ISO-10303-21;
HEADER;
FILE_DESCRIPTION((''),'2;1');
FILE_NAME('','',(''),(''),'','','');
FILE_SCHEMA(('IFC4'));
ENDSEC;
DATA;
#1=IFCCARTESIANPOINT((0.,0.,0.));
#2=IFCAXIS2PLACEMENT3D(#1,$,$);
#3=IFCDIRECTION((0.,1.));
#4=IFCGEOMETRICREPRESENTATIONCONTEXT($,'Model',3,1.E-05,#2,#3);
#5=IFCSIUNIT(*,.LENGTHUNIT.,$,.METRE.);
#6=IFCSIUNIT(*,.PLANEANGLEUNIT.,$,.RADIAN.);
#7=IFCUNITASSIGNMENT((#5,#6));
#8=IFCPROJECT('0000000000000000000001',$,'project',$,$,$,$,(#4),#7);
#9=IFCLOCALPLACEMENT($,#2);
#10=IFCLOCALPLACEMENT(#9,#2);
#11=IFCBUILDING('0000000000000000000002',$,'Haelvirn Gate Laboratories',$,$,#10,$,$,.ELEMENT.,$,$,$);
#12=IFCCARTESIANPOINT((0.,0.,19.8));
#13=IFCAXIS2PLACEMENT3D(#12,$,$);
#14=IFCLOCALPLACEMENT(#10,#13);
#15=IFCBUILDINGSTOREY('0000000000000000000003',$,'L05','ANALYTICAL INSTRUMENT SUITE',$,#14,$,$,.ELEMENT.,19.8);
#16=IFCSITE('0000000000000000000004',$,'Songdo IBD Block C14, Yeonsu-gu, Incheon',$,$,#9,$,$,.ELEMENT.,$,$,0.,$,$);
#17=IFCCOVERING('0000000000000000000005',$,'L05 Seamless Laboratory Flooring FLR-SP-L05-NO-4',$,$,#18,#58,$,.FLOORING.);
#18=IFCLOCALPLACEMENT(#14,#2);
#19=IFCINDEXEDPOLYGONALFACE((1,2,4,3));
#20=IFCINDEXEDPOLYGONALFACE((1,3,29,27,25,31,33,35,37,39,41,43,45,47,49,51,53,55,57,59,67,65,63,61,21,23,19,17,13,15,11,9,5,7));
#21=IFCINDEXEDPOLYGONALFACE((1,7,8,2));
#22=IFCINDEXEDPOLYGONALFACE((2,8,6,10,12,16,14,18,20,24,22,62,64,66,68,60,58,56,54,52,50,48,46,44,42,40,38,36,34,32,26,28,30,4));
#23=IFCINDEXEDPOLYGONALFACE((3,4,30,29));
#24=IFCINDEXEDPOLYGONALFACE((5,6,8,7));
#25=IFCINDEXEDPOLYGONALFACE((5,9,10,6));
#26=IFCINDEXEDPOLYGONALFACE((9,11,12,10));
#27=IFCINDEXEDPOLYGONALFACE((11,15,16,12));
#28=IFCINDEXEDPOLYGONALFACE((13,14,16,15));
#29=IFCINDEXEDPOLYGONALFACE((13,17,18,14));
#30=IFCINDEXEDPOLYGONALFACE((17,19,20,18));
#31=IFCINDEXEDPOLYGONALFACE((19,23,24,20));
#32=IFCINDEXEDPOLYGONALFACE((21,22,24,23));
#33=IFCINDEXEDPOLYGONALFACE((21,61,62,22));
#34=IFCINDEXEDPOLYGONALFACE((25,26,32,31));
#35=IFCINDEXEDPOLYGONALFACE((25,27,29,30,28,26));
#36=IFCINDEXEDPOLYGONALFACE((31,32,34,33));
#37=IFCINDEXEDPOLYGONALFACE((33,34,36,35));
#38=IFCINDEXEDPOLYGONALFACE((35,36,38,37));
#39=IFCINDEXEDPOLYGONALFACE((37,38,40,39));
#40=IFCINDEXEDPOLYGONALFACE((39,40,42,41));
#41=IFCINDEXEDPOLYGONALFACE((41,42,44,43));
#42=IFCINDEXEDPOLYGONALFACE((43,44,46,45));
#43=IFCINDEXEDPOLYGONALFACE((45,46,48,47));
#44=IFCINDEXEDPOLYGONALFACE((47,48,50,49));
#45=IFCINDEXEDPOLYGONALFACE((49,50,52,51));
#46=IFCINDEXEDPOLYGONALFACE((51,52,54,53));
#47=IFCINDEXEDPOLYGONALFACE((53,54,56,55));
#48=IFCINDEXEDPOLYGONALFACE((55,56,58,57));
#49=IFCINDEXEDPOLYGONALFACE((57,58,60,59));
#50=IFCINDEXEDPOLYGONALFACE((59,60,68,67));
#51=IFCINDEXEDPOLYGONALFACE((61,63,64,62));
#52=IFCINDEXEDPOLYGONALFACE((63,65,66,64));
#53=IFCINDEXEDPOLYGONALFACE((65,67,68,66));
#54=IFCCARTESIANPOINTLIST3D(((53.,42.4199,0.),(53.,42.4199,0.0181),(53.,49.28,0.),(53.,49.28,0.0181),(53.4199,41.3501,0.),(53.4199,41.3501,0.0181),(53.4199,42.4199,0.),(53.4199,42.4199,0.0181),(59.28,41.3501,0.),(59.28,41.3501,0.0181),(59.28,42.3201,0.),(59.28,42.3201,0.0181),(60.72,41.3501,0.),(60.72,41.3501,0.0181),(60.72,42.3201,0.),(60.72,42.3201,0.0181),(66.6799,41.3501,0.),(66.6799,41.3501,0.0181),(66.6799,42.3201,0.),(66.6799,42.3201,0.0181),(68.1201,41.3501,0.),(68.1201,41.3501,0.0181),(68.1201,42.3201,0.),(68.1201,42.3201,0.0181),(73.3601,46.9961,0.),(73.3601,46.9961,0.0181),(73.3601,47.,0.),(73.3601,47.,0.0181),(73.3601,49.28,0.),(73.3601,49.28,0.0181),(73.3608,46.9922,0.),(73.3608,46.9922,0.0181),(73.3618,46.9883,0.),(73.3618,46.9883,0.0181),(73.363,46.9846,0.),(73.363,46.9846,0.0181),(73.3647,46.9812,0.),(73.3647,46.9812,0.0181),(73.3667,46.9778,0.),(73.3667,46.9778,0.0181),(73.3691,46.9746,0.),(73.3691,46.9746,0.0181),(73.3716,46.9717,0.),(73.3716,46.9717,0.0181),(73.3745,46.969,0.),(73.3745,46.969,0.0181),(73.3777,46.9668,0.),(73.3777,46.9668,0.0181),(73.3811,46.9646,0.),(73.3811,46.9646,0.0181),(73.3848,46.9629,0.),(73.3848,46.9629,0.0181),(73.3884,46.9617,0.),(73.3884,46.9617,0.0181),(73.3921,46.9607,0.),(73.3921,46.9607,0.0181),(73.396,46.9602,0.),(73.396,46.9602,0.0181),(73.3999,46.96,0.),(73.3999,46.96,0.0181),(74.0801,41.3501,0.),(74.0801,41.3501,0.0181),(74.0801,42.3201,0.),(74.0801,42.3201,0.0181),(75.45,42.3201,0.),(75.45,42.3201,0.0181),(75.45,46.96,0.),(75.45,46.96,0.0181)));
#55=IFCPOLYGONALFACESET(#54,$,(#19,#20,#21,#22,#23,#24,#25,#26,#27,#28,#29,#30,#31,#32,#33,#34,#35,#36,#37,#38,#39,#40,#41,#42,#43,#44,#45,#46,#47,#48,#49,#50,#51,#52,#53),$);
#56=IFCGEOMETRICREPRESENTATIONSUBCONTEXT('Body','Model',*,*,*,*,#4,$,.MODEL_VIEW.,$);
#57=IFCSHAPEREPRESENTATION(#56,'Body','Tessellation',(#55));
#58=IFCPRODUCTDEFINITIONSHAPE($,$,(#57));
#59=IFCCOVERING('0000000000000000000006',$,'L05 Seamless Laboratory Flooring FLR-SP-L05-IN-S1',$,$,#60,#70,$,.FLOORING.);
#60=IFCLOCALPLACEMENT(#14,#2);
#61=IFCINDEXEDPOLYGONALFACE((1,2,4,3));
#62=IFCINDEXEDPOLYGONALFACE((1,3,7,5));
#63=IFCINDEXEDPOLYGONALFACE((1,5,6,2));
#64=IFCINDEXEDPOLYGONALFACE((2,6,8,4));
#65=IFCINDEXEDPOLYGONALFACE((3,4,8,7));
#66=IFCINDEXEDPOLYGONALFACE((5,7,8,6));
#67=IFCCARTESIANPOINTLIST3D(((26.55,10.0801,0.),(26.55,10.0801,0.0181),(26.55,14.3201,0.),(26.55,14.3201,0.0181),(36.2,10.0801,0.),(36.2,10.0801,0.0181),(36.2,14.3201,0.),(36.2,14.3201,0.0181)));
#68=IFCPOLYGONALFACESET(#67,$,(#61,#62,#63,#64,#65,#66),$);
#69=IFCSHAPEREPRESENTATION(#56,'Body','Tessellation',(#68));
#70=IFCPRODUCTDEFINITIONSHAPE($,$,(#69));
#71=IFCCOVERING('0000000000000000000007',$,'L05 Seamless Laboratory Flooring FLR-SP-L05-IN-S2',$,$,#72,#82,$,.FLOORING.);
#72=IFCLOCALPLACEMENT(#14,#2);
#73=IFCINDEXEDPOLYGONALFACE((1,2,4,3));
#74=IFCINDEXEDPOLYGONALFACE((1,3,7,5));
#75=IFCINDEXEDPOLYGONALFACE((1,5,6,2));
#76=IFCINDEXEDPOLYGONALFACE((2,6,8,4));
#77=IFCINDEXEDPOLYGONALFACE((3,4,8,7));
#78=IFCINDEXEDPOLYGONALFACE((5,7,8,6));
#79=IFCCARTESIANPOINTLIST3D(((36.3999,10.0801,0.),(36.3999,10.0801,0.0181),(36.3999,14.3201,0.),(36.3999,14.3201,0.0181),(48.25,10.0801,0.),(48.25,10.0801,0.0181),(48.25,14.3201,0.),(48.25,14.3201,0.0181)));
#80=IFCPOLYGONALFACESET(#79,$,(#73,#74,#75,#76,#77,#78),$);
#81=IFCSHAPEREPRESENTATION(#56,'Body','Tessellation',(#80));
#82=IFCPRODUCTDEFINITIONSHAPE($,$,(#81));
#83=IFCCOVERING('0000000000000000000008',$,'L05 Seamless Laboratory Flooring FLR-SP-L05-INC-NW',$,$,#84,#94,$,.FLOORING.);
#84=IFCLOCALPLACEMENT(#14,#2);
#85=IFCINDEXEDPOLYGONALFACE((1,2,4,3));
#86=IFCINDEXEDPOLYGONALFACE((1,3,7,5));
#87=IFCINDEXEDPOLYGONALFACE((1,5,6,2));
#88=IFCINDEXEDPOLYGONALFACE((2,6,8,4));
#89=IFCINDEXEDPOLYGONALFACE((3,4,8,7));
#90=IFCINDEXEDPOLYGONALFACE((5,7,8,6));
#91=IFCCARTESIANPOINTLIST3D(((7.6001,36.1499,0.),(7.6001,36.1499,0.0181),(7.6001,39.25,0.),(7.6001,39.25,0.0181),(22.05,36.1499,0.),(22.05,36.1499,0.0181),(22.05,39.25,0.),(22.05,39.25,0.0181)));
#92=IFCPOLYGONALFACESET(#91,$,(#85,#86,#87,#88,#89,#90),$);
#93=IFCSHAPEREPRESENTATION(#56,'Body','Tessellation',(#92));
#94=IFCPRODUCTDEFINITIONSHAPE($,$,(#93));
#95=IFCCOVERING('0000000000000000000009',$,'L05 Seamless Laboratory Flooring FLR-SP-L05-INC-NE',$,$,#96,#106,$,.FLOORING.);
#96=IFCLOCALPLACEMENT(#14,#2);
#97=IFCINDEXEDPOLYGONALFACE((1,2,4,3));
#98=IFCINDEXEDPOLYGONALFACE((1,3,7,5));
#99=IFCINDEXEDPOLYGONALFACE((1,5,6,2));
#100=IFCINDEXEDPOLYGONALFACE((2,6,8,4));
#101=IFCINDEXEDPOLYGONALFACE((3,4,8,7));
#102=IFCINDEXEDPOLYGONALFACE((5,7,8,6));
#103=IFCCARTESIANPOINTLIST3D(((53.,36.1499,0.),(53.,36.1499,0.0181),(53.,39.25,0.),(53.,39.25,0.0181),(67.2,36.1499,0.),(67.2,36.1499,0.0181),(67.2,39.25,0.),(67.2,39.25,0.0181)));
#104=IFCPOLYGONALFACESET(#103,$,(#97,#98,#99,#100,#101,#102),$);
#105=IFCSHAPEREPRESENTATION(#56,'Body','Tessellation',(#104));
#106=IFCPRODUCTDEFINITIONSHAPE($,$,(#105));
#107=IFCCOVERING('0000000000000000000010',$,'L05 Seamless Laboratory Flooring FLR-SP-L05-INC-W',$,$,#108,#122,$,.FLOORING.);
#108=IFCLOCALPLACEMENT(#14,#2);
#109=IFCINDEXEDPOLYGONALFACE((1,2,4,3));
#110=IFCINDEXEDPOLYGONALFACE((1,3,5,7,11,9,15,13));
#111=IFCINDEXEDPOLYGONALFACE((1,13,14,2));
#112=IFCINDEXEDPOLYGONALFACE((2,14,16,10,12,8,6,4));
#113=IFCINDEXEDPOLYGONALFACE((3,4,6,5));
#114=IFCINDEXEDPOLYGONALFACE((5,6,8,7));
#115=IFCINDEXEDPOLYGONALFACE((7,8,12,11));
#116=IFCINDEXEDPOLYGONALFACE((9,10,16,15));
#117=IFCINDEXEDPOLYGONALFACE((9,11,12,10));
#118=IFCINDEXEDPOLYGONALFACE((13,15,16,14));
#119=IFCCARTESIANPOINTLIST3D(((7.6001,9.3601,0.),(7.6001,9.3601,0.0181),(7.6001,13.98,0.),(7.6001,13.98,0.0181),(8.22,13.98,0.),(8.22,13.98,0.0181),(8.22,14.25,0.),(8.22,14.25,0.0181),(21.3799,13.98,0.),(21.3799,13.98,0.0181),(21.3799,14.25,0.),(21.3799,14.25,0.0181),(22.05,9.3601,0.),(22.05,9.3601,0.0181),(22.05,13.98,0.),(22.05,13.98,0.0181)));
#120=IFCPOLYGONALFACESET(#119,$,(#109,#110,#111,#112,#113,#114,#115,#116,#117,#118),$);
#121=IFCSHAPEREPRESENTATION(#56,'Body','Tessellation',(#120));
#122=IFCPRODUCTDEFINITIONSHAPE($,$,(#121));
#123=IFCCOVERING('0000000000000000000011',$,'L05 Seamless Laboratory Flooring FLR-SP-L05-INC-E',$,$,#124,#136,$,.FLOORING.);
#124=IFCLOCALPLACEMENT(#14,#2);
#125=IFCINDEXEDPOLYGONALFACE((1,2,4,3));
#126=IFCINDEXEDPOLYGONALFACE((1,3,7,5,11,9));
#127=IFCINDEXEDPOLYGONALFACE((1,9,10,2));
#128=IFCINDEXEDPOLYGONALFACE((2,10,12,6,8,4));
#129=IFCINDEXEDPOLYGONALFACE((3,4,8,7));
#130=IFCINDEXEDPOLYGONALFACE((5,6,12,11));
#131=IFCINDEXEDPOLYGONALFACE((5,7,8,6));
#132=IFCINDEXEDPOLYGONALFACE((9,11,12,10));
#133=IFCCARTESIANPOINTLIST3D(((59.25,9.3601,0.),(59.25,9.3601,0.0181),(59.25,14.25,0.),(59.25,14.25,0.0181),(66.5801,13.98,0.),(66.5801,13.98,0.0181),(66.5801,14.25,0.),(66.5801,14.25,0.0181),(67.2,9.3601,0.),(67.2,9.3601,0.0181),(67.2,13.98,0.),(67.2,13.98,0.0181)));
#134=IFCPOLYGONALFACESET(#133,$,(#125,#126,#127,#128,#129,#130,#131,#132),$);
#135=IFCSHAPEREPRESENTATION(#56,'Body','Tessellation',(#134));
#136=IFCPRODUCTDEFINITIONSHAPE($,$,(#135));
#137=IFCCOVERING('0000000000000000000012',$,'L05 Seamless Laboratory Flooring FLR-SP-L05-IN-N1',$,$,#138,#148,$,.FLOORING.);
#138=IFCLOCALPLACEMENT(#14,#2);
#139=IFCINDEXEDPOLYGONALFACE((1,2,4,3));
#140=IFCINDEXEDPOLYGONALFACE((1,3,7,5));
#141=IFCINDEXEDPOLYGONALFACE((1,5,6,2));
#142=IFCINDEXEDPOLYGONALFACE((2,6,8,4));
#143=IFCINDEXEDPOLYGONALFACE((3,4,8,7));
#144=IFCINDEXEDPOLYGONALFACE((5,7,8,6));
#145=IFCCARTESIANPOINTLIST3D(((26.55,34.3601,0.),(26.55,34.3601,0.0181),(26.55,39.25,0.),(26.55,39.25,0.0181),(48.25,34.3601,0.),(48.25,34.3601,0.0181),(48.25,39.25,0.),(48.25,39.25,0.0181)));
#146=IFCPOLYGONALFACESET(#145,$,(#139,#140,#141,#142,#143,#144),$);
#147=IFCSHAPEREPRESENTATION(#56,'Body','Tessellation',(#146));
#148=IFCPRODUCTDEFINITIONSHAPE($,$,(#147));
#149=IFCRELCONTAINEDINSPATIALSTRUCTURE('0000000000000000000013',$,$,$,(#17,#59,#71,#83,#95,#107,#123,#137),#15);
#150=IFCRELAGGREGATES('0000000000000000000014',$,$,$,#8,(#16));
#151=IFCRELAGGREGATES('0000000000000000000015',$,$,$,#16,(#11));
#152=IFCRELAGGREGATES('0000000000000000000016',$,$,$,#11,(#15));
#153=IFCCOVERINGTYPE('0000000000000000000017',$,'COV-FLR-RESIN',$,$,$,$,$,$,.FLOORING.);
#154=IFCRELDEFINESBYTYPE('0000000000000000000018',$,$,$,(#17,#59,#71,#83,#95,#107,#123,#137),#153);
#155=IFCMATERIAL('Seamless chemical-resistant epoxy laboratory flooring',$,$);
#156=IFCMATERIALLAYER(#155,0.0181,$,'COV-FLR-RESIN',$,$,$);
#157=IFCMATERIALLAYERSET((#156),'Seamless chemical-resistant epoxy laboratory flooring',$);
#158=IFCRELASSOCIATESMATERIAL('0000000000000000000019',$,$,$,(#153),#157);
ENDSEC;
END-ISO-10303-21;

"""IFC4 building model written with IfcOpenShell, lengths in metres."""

from ifc_helpers import new_model, si_unit, direction, frame, origin, place, context, subcontext, project, spatial, polyline, outline, extrude, material, layer, layer_set, type_object, element, save


model = new_model("IFC4")

# Units and contexts
model_context = context("Model", 3, precision=1e-05, world=origin(), true_north=direction((0.0, 1.0)))
body_context = subcontext(model_context, "Body", "Model", "MODEL_VIEW")
ifc_project = project(units=[si_unit("LENGTHUNIT", "METRE"), si_unit("PLANEANGLEUNIT", "RADIAN")], contexts=[model_context])

# Site, building, storey
site_placement = place(None, origin())
site = spatial("IfcSite", under=ifc_project, at=site_placement, Name="Songdo IBD Block C14, Yeonsu-gu, Incheon", CompositionType="ELEMENT", RefElevation=0.0)
building_placement = place(site_placement, origin())
building = spatial("IfcBuilding", under=site, at=building_placement, Name="Haelvirn Gate Laboratories", CompositionType="ELEMENT")
storey_placement = place(building_placement, frame((0.0, 0.0, 19.8)))
storey = spatial("IfcBuildingStorey", under=building, at=storey_placement, Name="L05", Description="ANALYTICAL INSTRUMENT SUITE", CompositionType="ELEMENT", Elevation=19.8)

# Coverings
ifc_material_1 = material(Name="Seamless chemical-resistant epoxy laboratory flooring")
ifc_layer_1 = layer(ifc_material_1, 0.0181, Name="COV-FLR-RESIN")
ifc_layer_set_1 = layer_set([ifc_layer_1], Name="Seamless chemical-resistant epoxy laboratory flooring")
covering_type_1 = type_object("IfcCoveringType", Name="COV-FLR-RESIN", PredefinedType="FLOORING", material=ifc_layer_set_1)
covering_1_placement = place(storey_placement, origin())
element("IfcCovering", 1, at=covering_1_placement, inside=storey, type_object=covering_type_1, Name="L05 Seamless Laboratory Flooring FLR-SP-L05-NO-4", PredefinedType="FLOORING", context=body_context, shape_type="SweptSolid", body=[
    extrude(outline(polyline([(73.3601, 47.0), (73.3601, 46.9961), (73.3608, 46.9922), (73.3618, 46.9883), (73.363, 46.9846), (73.3647, 46.9812), (73.3667, 46.9778), (73.3691, 46.9746), (73.3716, 46.9717), (73.3745, 46.969), (73.3777, 46.9668), (73.3811, 46.9646), (73.3848, 46.9629), (73.3884, 46.9617), (73.3921, 46.9607), (73.396, 46.9602), (73.3999, 46.96), (75.45, 46.96), (75.45, 42.3201), (74.0801, 42.3201), (74.0801, 41.3501), (68.1201, 41.3501), (68.1201, 42.3201), (66.6799, 42.3201), (66.6799, 41.3501), (60.72, 41.3501), (60.72, 42.3201), (59.28, 42.3201), (59.28, 41.3501), (53.4199, 41.3501), (53.4199, 42.4199), (53.0, 42.4199), (53.0, 49.28), (73.3601, 49.28), (73.3601, 47.0)])), origin(), (0.0, 0.0, 1.0), 0.0181),
])
covering_2_placement = place(storey_placement, origin())
element("IfcCovering", 2, at=covering_2_placement, inside=storey, type_object=covering_type_1, Name="L05 Seamless Laboratory Flooring FLR-SP-L05-IN-S1", PredefinedType="FLOORING", context=body_context, shape_type="SweptSolid", body=[
    extrude(outline(polyline([(36.2, 14.3201), (36.2, 10.0801), (26.55, 10.0801), (26.55, 14.3201), (36.2, 14.3201)])), origin(), (0.0, 0.0, 1.0), 0.0181),
])
covering_3_placement = place(storey_placement, origin())
element("IfcCovering", 3, at=covering_3_placement, inside=storey, type_object=covering_type_1, Name="L05 Seamless Laboratory Flooring FLR-SP-L05-IN-S2", PredefinedType="FLOORING", context=body_context, shape_type="SweptSolid", body=[
    extrude(outline(polyline([(48.25, 14.3201), (48.25, 10.0801), (36.3999, 10.0801), (36.3999, 14.3201), (48.25, 14.3201)])), origin(), (0.0, 0.0, 1.0), 0.0181),
])
covering_4_placement = place(storey_placement, origin())
element("IfcCovering", 4, at=covering_4_placement, inside=storey, type_object=covering_type_1, Name="L05 Seamless Laboratory Flooring FLR-SP-L05-INC-NW", PredefinedType="FLOORING", context=body_context, shape_type="SweptSolid", body=[
    extrude(outline(polyline([(22.05, 39.25), (22.05, 36.1499), (7.6001, 36.1499), (7.6001, 39.25), (22.05, 39.25)])), origin(), (0.0, 0.0, 1.0), 0.0181),
])
covering_5_placement = place(storey_placement, origin())
element("IfcCovering", 5, at=covering_5_placement, inside=storey, type_object=covering_type_1, Name="L05 Seamless Laboratory Flooring FLR-SP-L05-INC-NE", PredefinedType="FLOORING", context=body_context, shape_type="SweptSolid", body=[
    extrude(outline(polyline([(67.2, 39.25), (67.2, 36.1499), (53.0, 36.1499), (53.0, 39.25), (67.2, 39.25)])), origin(), (0.0, 0.0, 1.0), 0.0181),
])
covering_6_placement = place(storey_placement, origin())
element("IfcCovering", 6, at=covering_6_placement, inside=storey, type_object=covering_type_1, Name="L05 Seamless Laboratory Flooring FLR-SP-L05-INC-W", PredefinedType="FLOORING", context=body_context, shape_type="SweptSolid", body=[
    extrude(outline(polyline([(21.3799, 14.25), (21.3799, 13.98), (22.05, 13.98), (22.05, 9.3601), (7.6001, 9.3601), (7.6001, 13.98), (8.22, 13.98), (8.22, 14.25), (21.3799, 14.25)])), origin(), (0.0, 0.0, 1.0), 0.0181),
])
covering_7_placement = place(storey_placement, origin())
element("IfcCovering", 7, at=covering_7_placement, inside=storey, type_object=covering_type_1, Name="L05 Seamless Laboratory Flooring FLR-SP-L05-INC-E", PredefinedType="FLOORING", context=body_context, shape_type="SweptSolid", body=[
    extrude(outline(polyline([(66.5801, 13.98), (67.2, 13.98), (67.2, 9.3601), (59.25, 9.3601), (59.25, 14.25), (66.5801, 14.25), (66.5801, 13.98)])), origin(), (0.0, 0.0, 1.0), 0.0181),
])
covering_8_placement = place(storey_placement, origin())
element("IfcCovering", 8, at=covering_8_placement, inside=storey, type_object=covering_type_1, Name="L05 Seamless Laboratory Flooring FLR-SP-L05-IN-N1", PredefinedType="FLOORING", context=body_context, shape_type="SweptSolid", body=[
    extrude(outline(polyline([(48.25, 39.25), (48.25, 34.3601), (26.55, 34.3601), (26.55, 39.25), (48.25, 39.25)])), origin(), (0.0, 0.0, 1.0), 0.0181),
])

save(model, "model.ifc")
